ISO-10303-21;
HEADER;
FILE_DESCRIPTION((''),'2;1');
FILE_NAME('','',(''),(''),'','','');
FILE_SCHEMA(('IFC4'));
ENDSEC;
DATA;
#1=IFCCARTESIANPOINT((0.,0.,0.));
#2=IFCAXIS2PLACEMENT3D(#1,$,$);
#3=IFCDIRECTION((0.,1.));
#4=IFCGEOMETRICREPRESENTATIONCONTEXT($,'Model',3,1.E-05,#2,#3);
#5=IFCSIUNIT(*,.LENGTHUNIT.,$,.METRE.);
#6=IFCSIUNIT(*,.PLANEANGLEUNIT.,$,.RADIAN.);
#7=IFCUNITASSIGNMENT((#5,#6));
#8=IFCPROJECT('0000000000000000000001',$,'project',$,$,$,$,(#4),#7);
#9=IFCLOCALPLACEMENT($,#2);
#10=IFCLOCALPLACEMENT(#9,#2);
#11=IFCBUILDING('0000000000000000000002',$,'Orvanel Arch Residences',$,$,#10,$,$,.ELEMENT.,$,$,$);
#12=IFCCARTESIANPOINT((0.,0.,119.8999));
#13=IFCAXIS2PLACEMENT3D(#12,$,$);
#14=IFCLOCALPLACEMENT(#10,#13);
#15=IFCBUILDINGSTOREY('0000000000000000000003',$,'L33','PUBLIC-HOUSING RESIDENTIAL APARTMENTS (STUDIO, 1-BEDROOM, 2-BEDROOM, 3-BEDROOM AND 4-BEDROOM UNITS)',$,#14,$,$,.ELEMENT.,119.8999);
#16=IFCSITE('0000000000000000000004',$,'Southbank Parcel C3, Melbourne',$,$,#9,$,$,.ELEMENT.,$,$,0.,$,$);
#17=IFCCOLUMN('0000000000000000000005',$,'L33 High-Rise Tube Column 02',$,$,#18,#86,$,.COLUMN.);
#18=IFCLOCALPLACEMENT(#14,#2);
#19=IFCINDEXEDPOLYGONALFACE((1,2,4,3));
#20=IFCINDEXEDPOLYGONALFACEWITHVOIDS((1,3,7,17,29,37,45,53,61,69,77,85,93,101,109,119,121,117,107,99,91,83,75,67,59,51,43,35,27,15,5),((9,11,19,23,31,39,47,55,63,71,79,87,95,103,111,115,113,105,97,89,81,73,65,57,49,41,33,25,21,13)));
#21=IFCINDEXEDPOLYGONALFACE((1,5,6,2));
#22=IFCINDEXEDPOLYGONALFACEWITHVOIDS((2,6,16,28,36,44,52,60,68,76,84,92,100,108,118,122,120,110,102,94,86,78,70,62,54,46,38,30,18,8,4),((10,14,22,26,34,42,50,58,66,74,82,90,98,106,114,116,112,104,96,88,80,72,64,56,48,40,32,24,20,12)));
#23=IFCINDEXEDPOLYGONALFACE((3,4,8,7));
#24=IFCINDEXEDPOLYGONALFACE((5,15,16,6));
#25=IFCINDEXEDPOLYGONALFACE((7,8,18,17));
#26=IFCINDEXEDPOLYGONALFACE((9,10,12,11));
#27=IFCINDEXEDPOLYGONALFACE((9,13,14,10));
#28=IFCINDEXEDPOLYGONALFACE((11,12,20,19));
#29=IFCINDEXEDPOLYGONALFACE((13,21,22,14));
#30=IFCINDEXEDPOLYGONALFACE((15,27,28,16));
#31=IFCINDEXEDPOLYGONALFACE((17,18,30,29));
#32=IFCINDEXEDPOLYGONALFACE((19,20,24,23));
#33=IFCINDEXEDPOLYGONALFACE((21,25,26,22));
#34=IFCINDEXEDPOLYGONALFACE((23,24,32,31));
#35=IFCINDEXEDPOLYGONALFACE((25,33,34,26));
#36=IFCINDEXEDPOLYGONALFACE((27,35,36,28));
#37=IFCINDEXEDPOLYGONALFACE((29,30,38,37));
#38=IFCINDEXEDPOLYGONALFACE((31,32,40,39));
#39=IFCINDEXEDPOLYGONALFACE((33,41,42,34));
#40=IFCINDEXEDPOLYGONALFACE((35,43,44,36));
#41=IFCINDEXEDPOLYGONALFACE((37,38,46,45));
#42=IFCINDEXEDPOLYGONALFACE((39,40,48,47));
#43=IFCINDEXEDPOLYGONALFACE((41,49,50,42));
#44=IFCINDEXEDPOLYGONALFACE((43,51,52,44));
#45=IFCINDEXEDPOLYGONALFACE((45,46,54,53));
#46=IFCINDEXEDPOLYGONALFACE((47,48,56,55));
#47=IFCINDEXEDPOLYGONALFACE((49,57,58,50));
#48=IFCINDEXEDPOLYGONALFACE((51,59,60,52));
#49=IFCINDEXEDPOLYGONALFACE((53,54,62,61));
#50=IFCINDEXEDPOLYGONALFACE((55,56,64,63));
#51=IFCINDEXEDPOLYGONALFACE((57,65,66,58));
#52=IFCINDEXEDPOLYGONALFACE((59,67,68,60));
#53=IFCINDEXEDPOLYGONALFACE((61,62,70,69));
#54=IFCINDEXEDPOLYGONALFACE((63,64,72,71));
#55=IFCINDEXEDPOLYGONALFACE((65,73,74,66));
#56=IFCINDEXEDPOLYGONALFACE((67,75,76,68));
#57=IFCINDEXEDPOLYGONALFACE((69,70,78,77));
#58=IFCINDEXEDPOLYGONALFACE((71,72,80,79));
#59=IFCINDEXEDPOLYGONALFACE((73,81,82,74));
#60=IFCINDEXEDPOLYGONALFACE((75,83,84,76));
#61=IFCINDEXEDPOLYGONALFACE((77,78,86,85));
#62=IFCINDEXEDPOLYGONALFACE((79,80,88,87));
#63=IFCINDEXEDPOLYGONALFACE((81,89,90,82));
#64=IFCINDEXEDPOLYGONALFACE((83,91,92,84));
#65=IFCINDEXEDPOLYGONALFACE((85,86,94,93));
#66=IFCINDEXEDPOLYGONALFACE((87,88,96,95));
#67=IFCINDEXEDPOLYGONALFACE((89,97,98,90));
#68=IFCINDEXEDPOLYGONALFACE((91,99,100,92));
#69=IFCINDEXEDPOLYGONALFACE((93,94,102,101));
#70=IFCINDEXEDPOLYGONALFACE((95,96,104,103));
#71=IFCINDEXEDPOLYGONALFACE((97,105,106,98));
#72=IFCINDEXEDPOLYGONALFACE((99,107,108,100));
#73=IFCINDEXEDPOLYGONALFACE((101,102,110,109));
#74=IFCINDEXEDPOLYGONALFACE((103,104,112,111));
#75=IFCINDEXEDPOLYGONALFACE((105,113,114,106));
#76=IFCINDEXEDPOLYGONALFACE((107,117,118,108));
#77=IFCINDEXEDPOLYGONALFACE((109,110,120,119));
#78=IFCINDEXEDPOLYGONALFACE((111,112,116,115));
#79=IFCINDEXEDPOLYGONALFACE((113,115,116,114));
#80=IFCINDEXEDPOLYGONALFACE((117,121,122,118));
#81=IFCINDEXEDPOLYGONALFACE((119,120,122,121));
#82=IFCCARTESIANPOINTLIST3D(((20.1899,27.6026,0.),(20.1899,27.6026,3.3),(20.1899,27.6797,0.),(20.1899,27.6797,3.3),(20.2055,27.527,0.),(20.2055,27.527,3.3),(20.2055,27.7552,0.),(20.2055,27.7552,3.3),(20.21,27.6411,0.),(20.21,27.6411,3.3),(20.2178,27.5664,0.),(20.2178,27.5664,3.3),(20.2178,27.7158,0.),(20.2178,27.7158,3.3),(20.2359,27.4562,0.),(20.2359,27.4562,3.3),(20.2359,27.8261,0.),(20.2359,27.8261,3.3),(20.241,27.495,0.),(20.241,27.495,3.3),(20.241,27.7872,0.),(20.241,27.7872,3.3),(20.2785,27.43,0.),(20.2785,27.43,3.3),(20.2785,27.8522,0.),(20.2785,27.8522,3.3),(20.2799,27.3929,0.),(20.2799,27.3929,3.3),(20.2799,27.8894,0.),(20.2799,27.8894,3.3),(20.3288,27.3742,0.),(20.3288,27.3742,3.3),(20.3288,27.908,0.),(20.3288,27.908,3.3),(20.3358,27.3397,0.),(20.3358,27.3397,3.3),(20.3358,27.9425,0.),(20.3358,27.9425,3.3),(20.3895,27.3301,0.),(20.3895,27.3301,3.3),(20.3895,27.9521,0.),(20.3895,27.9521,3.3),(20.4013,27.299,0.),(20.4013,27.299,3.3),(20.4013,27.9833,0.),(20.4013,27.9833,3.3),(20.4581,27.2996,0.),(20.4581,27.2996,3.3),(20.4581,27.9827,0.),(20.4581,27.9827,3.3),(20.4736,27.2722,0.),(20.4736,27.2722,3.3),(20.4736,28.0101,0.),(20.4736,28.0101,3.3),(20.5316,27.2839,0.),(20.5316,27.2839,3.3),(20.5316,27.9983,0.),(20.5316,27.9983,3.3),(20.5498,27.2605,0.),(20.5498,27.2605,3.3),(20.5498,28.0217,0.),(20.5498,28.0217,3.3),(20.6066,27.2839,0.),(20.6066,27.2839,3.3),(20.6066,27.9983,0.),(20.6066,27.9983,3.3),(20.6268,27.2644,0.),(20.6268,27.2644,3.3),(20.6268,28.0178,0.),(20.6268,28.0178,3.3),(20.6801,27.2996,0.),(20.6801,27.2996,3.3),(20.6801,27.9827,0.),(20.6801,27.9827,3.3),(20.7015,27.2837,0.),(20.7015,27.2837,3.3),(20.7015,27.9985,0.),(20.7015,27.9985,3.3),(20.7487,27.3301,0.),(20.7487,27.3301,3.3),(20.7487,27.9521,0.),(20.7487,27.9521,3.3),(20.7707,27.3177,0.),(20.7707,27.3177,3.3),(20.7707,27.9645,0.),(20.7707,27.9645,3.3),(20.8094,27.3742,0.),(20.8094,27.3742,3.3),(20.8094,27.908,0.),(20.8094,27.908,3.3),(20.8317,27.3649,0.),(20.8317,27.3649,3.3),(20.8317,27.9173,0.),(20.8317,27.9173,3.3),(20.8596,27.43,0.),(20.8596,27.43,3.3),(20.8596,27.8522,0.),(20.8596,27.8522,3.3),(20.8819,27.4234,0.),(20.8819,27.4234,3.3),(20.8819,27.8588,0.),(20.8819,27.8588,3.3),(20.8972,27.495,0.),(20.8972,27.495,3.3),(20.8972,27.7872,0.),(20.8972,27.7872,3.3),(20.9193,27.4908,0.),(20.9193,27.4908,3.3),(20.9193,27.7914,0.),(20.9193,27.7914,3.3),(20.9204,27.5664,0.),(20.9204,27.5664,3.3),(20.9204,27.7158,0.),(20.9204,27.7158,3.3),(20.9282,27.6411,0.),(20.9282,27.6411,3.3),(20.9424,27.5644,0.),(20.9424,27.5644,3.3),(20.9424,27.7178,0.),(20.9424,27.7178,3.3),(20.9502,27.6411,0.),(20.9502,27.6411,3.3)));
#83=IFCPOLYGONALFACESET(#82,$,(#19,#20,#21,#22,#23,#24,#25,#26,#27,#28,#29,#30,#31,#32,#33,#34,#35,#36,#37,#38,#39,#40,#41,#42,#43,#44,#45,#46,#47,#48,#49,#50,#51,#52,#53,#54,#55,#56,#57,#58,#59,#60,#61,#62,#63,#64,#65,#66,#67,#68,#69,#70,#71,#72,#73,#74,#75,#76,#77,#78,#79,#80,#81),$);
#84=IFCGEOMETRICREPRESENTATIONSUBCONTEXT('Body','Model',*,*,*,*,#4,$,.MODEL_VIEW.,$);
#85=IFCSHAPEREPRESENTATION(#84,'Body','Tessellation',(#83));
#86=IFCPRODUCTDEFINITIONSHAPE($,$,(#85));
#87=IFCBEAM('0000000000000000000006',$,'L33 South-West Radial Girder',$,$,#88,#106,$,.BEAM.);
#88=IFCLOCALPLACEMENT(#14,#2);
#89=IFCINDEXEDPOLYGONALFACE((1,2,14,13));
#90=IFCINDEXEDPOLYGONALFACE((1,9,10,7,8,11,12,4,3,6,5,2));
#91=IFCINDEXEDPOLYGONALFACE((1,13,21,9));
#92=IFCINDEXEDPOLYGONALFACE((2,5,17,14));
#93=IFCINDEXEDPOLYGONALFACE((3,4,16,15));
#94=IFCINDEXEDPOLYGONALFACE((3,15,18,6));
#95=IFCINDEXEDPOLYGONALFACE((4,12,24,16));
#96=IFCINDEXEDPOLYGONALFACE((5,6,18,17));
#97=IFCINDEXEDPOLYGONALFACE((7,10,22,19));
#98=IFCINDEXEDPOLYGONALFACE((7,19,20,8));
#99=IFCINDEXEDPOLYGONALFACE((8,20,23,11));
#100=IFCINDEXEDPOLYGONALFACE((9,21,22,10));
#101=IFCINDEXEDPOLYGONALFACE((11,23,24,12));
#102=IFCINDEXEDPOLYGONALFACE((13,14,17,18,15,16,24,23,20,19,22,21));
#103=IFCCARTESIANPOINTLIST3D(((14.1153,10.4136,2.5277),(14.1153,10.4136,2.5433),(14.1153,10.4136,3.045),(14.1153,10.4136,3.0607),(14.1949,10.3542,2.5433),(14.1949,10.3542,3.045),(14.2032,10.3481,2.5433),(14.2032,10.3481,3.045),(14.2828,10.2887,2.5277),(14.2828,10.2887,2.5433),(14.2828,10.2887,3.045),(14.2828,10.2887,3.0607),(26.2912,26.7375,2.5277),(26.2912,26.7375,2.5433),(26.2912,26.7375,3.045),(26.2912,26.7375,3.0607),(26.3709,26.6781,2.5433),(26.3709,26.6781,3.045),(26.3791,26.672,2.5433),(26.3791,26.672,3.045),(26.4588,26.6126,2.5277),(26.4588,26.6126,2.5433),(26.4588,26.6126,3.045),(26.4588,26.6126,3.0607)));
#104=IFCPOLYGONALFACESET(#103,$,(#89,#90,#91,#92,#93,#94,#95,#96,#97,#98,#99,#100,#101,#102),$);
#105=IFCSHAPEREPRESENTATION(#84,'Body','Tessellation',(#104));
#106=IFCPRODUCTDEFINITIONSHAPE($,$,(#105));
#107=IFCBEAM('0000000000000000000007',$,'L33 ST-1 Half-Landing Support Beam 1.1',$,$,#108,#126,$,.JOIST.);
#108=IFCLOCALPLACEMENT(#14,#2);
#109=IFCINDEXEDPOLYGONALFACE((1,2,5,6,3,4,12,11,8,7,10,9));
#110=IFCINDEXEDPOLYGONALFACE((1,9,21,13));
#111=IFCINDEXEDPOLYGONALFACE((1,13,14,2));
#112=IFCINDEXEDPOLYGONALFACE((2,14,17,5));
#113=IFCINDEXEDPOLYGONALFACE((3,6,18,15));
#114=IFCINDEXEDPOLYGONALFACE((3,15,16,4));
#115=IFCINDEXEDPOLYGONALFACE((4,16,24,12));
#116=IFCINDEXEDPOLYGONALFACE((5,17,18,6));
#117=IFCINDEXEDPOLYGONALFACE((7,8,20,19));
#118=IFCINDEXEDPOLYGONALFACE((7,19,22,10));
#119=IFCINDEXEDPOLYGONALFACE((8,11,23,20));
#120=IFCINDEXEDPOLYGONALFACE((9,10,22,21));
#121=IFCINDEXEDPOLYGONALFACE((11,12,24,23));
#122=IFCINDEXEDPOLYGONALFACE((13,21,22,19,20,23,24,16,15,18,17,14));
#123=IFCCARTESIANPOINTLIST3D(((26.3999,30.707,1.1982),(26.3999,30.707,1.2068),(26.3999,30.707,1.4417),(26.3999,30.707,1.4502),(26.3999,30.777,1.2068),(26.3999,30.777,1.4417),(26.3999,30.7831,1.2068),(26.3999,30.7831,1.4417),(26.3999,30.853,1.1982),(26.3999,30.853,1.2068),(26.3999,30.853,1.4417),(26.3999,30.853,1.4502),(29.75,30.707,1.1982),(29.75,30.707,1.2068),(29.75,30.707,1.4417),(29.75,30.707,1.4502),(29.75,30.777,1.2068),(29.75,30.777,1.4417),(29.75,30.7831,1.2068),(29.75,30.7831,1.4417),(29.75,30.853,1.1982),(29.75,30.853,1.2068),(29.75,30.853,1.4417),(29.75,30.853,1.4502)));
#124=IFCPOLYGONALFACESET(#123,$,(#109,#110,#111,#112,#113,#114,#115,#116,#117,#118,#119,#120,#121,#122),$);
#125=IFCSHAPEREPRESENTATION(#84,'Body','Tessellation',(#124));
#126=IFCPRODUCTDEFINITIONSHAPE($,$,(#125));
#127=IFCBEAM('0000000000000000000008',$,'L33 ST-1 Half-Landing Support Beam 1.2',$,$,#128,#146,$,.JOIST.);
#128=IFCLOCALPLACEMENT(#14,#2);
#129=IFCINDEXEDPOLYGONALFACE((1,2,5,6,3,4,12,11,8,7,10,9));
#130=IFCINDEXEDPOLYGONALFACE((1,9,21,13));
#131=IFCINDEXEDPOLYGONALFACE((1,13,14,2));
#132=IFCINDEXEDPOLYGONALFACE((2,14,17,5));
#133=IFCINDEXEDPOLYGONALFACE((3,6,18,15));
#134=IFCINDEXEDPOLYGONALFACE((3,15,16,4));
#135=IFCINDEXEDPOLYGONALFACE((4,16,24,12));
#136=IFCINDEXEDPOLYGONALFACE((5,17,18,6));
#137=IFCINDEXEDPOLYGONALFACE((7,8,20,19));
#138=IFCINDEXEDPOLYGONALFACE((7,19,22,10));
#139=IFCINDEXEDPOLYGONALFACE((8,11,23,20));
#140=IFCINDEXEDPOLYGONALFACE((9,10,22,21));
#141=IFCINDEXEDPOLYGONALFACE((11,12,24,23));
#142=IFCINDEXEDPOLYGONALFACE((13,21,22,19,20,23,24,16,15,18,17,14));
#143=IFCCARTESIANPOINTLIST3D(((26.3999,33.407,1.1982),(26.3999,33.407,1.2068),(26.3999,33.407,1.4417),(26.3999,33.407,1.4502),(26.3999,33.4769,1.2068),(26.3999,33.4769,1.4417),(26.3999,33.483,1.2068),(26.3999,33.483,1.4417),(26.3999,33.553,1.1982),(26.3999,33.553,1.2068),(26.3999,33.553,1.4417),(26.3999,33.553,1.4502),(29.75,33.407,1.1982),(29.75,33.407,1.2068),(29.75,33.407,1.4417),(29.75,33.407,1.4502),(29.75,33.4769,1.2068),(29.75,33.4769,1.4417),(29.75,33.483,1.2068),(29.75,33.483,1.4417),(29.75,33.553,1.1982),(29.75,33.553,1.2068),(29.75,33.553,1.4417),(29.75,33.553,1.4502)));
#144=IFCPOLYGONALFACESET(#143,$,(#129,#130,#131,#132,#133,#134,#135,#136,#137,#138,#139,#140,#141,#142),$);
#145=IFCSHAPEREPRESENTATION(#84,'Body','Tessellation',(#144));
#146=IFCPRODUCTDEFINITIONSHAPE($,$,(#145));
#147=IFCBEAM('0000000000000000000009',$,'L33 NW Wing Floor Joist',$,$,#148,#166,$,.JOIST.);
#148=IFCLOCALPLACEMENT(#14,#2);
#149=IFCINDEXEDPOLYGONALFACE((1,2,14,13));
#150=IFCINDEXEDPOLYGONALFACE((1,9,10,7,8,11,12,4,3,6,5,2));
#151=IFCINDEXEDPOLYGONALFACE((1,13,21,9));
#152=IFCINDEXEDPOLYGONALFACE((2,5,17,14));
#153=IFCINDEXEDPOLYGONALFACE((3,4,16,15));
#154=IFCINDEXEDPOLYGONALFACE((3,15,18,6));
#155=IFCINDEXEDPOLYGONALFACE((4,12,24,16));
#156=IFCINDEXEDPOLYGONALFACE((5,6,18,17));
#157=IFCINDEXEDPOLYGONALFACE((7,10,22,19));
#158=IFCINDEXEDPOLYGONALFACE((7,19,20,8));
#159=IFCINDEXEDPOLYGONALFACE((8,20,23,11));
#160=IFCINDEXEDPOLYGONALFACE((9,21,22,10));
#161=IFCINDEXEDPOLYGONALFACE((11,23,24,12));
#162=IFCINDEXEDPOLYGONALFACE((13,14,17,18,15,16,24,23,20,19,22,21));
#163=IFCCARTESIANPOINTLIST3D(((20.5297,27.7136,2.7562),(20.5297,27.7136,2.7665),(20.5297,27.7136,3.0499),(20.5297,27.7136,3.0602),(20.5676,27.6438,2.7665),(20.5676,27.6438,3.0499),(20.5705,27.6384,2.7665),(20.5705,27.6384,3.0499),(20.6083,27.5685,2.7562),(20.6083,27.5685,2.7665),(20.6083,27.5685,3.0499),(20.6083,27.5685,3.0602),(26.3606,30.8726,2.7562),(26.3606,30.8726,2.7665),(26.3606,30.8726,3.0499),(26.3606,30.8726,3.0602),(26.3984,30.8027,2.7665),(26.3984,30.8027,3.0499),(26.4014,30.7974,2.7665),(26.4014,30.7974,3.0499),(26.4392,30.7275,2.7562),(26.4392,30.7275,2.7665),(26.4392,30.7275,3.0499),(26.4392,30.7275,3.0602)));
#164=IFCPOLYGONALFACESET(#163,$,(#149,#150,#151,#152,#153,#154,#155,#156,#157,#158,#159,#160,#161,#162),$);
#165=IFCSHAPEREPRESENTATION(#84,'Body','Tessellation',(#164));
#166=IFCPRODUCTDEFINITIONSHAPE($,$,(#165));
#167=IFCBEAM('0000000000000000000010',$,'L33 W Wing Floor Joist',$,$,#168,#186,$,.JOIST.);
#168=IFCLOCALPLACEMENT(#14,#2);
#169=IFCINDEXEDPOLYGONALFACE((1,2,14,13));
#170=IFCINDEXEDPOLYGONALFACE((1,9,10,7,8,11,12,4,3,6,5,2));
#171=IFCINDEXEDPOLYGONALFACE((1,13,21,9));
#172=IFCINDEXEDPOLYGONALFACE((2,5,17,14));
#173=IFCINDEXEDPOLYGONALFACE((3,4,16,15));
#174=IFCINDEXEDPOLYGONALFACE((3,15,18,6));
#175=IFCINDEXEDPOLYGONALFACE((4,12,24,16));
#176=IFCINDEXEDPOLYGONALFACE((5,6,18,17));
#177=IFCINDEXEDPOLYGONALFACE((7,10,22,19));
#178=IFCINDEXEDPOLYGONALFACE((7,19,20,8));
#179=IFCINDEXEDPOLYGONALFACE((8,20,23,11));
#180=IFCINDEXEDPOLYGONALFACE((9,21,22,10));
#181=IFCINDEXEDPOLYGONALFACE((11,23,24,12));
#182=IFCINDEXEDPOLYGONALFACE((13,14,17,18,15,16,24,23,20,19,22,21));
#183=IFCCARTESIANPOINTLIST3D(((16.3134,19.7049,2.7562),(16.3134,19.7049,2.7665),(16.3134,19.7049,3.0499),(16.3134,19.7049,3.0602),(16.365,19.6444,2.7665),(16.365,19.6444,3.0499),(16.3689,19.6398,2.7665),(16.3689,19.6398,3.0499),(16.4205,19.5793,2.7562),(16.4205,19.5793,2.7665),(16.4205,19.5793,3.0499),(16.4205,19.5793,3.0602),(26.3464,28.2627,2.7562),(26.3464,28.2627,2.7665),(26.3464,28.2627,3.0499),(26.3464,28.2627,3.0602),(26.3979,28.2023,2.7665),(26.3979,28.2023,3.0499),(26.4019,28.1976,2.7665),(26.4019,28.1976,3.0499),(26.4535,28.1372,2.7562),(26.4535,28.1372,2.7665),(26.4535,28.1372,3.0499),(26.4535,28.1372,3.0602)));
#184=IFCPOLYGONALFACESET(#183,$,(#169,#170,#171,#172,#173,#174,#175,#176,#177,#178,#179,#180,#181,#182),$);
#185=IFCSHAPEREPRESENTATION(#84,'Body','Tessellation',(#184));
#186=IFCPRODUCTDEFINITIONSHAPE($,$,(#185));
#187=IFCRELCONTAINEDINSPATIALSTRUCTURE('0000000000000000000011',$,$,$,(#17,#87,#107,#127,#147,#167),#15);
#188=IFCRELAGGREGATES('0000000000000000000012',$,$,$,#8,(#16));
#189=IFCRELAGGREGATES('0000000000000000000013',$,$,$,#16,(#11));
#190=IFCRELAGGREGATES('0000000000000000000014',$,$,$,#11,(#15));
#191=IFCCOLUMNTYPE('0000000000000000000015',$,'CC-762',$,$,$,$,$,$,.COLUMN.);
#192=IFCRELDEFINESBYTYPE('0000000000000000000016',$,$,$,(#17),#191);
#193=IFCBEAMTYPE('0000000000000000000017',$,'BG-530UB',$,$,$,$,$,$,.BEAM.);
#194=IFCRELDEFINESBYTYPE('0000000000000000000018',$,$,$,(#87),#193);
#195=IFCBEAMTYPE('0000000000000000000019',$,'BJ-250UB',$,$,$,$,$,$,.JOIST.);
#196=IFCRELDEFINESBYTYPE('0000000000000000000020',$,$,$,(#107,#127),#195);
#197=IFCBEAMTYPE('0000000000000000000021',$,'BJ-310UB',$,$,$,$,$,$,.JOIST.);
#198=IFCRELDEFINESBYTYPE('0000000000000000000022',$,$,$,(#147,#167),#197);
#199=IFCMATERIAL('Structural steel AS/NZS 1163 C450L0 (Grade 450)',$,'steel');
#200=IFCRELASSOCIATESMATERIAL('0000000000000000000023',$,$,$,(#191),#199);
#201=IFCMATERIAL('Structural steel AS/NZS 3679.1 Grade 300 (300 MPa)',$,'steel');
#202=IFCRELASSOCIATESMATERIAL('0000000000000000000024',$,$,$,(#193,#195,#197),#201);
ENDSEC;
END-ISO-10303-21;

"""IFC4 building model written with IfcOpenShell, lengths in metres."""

from ifc_helpers import new_model, si_unit, direction, frame, origin, origin_2d, place, context, subcontext, project, spatial, hollow_circle, i_section, extrude, material, material_profile, profile_set, type_object, element, save


model = new_model("IFC4")

# Units and contexts
model_context = context("Model", 3, precision=1e-05, world=origin(), true_north=direction((0.0, 1.0)))
body_context = subcontext(model_context, "Body", "Model", "MODEL_VIEW")
ifc_project = project(units=[si_unit("LENGTHUNIT", "METRE"), si_unit("PLANEANGLEUNIT", "RADIAN")], contexts=[model_context])

# Site, building, storey
site_placement = place(None, origin())
site = spatial("IfcSite", under=ifc_project, at=site_placement, Name="Southbank Parcel C3, Melbourne", CompositionType="ELEMENT", RefElevation=0.0)
building_placement = place(site_placement, origin())
building = spatial("IfcBuilding", under=site, at=building_placement, Name="Orvanel Arch Residences", CompositionType="ELEMENT")
storey_placement = place(building_placement, frame((0.0, 0.0, 119.8999)))
storey = spatial("IfcBuildingStorey", under=building, at=storey_placement, Name="L33", Description="PUBLIC-HOUSING RESIDENTIAL APARTMENTS (STUDIO, 1-BEDROOM, 2-BEDROOM, 3-BEDROOM AND 4-BEDROOM UNITS)", CompositionType="ELEMENT", Elevation=119.8999)

# Column
ifc_material_1 = material(Name="Structural steel AS/NZS 1163 C450L0 (Grade 450)", Category="steel")
ifc_material_profile_1 = material_profile(ifc_material_1, hollow_circle(Radius=0.3811, WallThickness=0.022, at=origin_2d()), Name="CHS762x22")
ifc_profile_set_1 = profile_set([ifc_material_profile_1], Name="Structural steel AS/NZS 1163 C450L0 (Grade 450)")
column_type = type_object("IfcColumnType", Name="CC-762", PredefinedType="COLUMN", material=ifc_profile_set_1)
column_placement = place(storey_placement, frame((20.5691, 27.6411, 0.0), z_axis=(0.0, 0.0, 1.0), x_axis=(1.0, 0.0, 0.0)))
element("IfcColumn", 1, at=column_placement, inside=storey, type_object=column_type, Name="L33 High-Rise Tube Column 02", PredefinedType="COLUMN", context=body_context, shape_type="SweptSolid", body=[
    extrude(hollow_circle(Radius=0.3811, WallThickness=0.022, at=origin_2d()), origin(), (0.0, 0.0, 1.0), 3.3),
])

# Beams
ifc_material_2 = material(Name="Structural steel AS/NZS 3679.1 Grade 300 (300 MPa)", Category="steel")
ifc_material_profile_2 = material_profile(ifc_material_2, i_section(OverallWidth=0.209, OverallDepth=0.533, WebThickness=0.0103, FlangeThickness=0.0156, at=origin_2d()), Name="530UB92.4")
ifc_profile_set_2 = profile_set([ifc_material_profile_2], Name="Structural steel AS/NZS 3679.1 Grade 300 (300 MPa)")
beam_type_1 = type_object("IfcBeamType", Name="BG-530UB", PredefinedType="BEAM", material=ifc_profile_set_2)
beam_1_placement = place(storey_placement, frame((26.375, 26.675, 2.7942), z_axis=(-0.597894, -0.801575, 0.0), x_axis=(0.801575, -0.597894, 0.0)))
element("IfcBeam", 2, at=beam_1_placement, inside=storey, type_object=beam_type_1, Name="L33 South-West Radial Girder", PredefinedType="BEAM", context=body_context, shape_type="SweptSolid", body=[
    extrude(i_section(OverallWidth=0.209, OverallDepth=0.533, WebThickness=0.0103, FlangeThickness=0.0156, at=origin_2d()), origin(), (0.0, 0.0, 1.0), 20.3647),
])
ifc_material_profile_3 = material_profile(ifc_material_2, i_section(OverallWidth=0.146, OverallDepth=0.252, WebThickness=0.0061, FlangeThickness=0.0085, at=origin_2d()), Name="250UB31.4")
ifc_profile_set_3 = profile_set([ifc_material_profile_3], Name="Structural steel AS/NZS 3679.1 Grade 300 (300 MPa)")
beam_type_2 = type_object("IfcBeamType", Name="BJ-250UB", PredefinedType="JOIST", material=ifc_profile_set_3)
for number, where, z_axis, x_axis, name in (
    (3, (26.3999, 30.78, 1.3242), (1.0, 0.0, 0.0), (0.0, 1.0, 0.0), "L33 ST-1 Half-Landing Support Beam 1.1"),
    (4, (26.3999, 33.48, 1.3242), (1.0, 0.0, 0.0), (0.0, 1.0, 0.0), "L33 ST-1 Half-Landing Support Beam 1.2"),
):
    element("IfcBeam", number, at=place(storey_placement, frame(where, z_axis=z_axis, x_axis=x_axis)), inside=storey, type_object=beam_type_2, Name=name, PredefinedType="JOIST", context=body_context, shape_type="SweptSolid", body=[
        extrude(i_section(OverallWidth=0.146, OverallDepth=0.252, WebThickness=0.0061, FlangeThickness=0.0085, at=origin_2d()), origin(), (0.0, 0.0, 1.0), 3.3501),
    ])
ifc_material_profile_4 = material_profile(ifc_material_2, i_section(OverallWidth=0.165, OverallDepth=0.304, WebThickness=0.0061, FlangeThickness=0.0103, at=origin_2d()), Name="310UB40.4")
ifc_profile_set_4 = profile_set([ifc_material_profile_4], Name="Structural steel AS/NZS 3679.1 Grade 300 (300 MPa)")
beam_type_3 = type_object("IfcBeamType", Name="BJ-310UB", PredefinedType="JOIST", material=ifc_profile_set_4)
beam_2_placement = place(storey_placement, frame((26.3999, 30.8, 2.9082), z_axis=(-0.879255, -0.476351, 0.0), x_axis=(0.476351, -0.879255, 0.0)))
element("IfcBeam", 5, at=beam_2_placement, inside=storey, type_object=beam_type_3, Name="L33 NW Wing Floor Joist", PredefinedType="JOIST", context=body_context, shape_type="SweptSolid", body=[
    extrude(i_section(OverallWidth=0.165, OverallDepth=0.304, WebThickness=0.0061, FlangeThickness=0.0103, at=origin_2d()), origin(), (0.0, 0.0, 1.0), 6.6316),
])
beam_3_placement = place(storey_placement, frame((26.3999, 28.2, 2.9082), z_axis=(-0.760821, -0.648961, 0.0), x_axis=(0.648961, -0.760821, 0.0)))
element("IfcBeam", 6, at=beam_3_placement, inside=storey, type_object=beam_type_3, Name="L33 W Wing Floor Joist", PredefinedType="JOIST", context=body_context, shape_type="SweptSolid", body=[
    extrude(i_section(OverallWidth=0.165, OverallDepth=0.304, WebThickness=0.0061, FlangeThickness=0.0103, at=origin_2d()), origin(), (0.0, 0.0, 1.0), 13.187),
])

save(model, "model.ifc")
